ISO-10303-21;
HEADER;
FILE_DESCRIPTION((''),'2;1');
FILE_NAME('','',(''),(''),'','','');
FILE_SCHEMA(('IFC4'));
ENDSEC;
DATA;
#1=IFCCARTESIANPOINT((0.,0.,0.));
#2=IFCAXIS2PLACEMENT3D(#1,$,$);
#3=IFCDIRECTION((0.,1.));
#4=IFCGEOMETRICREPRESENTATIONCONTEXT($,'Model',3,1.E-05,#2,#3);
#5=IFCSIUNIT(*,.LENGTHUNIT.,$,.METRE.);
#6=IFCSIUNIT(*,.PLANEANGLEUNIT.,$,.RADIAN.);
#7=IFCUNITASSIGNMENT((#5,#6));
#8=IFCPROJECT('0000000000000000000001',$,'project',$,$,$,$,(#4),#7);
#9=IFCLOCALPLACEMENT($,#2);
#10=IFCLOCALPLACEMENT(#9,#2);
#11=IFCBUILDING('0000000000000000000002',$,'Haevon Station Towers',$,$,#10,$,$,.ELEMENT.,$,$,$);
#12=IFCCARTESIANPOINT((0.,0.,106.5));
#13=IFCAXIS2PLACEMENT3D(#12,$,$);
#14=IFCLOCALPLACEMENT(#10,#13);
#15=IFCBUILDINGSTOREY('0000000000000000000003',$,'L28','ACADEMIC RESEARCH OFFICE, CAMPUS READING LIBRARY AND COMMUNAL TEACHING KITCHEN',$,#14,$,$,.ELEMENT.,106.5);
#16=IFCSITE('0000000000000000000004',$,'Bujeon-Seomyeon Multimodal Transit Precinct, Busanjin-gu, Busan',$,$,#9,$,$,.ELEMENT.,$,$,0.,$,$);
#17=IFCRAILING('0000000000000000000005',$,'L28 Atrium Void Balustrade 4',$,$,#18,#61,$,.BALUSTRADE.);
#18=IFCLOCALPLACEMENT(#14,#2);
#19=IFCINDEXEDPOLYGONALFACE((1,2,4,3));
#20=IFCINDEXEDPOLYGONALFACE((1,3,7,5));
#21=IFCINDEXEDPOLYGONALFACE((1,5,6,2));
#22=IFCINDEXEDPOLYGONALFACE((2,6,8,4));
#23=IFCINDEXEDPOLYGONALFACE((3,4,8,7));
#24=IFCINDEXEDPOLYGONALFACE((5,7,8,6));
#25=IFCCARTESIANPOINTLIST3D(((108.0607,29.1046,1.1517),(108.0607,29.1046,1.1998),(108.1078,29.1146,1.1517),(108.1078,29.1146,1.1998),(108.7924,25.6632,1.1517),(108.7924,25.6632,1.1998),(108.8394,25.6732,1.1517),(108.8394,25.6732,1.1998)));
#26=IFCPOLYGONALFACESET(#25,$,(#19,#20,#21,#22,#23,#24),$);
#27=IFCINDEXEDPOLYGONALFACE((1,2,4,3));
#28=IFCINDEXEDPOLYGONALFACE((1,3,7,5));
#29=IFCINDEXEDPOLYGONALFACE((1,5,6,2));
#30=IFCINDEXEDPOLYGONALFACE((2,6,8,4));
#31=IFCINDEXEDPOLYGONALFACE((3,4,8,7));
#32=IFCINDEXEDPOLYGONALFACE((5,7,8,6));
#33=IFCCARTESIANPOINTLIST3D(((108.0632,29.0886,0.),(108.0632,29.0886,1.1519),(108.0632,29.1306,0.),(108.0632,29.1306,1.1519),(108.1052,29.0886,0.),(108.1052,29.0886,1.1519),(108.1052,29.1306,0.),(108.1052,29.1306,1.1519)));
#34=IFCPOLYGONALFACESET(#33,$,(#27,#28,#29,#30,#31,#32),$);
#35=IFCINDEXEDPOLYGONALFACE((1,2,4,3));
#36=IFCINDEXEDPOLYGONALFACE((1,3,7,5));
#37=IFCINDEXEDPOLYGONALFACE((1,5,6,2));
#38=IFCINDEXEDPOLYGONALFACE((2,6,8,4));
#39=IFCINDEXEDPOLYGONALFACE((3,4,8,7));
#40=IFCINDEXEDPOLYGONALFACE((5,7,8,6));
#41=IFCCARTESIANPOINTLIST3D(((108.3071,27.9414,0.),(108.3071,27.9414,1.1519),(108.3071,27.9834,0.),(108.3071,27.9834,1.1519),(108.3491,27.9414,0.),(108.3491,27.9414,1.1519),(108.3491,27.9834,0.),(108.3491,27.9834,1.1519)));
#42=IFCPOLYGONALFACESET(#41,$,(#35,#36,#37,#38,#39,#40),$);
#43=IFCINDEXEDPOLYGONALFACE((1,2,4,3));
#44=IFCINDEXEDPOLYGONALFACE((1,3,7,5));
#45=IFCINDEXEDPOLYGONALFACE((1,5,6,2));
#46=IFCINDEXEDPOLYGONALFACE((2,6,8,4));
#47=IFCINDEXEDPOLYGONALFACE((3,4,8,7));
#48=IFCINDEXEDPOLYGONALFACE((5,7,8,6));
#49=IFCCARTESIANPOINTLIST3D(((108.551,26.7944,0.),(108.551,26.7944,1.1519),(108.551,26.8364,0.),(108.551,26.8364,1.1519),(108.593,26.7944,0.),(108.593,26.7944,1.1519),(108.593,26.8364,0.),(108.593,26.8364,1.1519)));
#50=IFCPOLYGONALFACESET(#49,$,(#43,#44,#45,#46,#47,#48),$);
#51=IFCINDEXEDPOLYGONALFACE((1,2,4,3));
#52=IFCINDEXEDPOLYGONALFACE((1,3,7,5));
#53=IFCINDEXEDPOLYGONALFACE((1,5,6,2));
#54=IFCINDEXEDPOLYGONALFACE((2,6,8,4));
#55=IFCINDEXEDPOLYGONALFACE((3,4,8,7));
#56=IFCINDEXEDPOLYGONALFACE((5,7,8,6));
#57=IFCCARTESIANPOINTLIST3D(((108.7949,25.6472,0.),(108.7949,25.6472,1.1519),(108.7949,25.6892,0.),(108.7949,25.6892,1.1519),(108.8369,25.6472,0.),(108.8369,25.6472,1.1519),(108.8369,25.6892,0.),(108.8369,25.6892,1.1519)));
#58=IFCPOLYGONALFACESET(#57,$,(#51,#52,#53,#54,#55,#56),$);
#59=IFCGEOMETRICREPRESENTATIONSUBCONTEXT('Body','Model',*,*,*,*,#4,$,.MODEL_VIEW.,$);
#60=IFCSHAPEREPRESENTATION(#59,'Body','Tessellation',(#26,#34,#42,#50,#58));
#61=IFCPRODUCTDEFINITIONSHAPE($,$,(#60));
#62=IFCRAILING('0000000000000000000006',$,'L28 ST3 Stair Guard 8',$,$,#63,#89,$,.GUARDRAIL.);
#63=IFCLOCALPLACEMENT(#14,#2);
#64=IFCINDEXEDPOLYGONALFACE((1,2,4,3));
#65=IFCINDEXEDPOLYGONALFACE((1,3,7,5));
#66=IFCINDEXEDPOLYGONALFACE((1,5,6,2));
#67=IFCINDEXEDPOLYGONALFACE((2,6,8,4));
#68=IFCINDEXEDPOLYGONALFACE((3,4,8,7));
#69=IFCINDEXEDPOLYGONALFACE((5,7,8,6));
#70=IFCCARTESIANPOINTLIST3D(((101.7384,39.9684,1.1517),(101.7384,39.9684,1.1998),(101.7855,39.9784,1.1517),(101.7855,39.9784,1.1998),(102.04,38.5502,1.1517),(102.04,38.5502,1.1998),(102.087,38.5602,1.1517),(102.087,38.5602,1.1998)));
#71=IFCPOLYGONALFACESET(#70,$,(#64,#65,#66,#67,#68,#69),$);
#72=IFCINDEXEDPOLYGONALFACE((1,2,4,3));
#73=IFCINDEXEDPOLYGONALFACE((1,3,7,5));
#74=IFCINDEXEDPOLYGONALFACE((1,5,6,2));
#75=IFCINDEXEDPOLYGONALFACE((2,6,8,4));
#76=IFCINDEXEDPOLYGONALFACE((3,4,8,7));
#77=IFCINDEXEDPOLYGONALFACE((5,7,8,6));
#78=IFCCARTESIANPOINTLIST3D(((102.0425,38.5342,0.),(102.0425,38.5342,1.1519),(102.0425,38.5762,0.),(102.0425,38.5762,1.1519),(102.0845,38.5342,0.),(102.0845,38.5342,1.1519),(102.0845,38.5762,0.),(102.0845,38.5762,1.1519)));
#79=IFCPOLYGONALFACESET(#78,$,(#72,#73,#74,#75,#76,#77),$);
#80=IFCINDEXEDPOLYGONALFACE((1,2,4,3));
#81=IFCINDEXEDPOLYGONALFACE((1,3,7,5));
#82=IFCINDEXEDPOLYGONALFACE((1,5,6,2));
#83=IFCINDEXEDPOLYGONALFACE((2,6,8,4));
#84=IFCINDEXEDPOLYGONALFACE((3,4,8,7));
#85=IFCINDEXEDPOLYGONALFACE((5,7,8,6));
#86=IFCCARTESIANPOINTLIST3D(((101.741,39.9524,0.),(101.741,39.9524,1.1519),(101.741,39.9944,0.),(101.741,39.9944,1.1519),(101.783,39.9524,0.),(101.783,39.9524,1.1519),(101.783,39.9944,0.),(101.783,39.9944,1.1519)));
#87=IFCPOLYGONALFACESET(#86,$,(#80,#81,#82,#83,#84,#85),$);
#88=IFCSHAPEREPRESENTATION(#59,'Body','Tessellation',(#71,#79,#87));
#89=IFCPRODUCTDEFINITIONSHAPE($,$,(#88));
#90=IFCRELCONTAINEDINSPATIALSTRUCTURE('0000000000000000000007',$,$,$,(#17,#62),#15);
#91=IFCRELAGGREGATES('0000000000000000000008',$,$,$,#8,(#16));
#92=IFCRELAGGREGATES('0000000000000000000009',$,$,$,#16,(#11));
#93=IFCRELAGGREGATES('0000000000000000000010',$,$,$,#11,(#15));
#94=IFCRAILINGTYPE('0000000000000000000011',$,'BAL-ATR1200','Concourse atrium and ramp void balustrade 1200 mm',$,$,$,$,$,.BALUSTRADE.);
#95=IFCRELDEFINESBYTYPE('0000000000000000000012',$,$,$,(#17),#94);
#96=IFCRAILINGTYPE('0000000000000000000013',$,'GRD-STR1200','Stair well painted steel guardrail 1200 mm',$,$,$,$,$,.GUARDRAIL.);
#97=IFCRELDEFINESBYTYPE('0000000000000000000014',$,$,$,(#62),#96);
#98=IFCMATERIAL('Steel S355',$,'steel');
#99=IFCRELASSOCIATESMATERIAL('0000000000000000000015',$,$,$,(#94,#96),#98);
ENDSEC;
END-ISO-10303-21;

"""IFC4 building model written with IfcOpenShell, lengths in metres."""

from ifc_helpers import new_model, si_unit, direction, frame, origin, origin_2d, place, context, subcontext, project, spatial, rectangle, extrude, material, type_object, element, save


model = new_model("IFC4")

# Units and contexts
model_context = context("Model", 3, precision=1e-05, world=origin(), true_north=direction((0.0, 1.0)))
body_context = subcontext(model_context, "Body", "Model", "MODEL_VIEW")
ifc_project = project(units=[si_unit("LENGTHUNIT", "METRE"), si_unit("PLANEANGLEUNIT", "RADIAN")], contexts=[model_context])

# Site, building, storey
site_placement = place(None, origin())
site = spatial("IfcSite", under=ifc_project, at=site_placement, Name="Bujeon-Seomyeon Multimodal Transit Precinct, Busanjin-gu, Busan", CompositionType="ELEMENT", RefElevation=0.0)
building_placement = place(site_placement, origin())
building = spatial("IfcBuilding", under=site, at=building_placement, Name="Haevon Station Towers", CompositionType="ELEMENT")
storey_placement = place(building_placement, frame((0.0, 0.0, 106.5)))
storey = spatial("IfcBuildingStorey", under=building, at=storey_placement, Name="L28", Description="ACADEMIC RESEARCH OFFICE, CAMPUS READING LIBRARY AND COMMUNAL TEACHING KITCHEN", CompositionType="ELEMENT", Elevation=106.5)

# Shared definitions
ifc_material_1 = material(Name="Steel S355", Category="steel")

# Railings
railing_type_1 = type_object("IfcRailingType", Name="BAL-ATR1200", Description="Concourse atrium and ramp void balustrade 1200 mm", PredefinedType="BALUSTRADE", material=ifc_material_1)
railing_1_placement = place(storey_placement, frame((108.0842, 29.1096, 0.0)))
element("IfcRailing", 1, at=railing_1_placement, inside=storey, type_object=railing_type_1, Name="L28 Atrium Void Balustrade 4", PredefinedType="BALUSTRADE", context=body_context, shape_type="SweptSolid", body=[
    extrude(rectangle(XDim=0.0481, YDim=0.0481, at=origin_2d()), frame((0.0, 0.0, 1.1758), z_axis=(0.207965, -0.978136, 0.0), x_axis=(0.978136, 0.207965, 0.0)), (0.0, 0.0, 1.0), 3.5183),
    extrude(rectangle(XDim=0.042, YDim=0.042, at=origin_2d()), origin(), (0.0, 0.0, 1.0), 1.1519),
    extrude(rectangle(XDim=0.042, YDim=0.042, at=origin_2d()), frame((0.2439, -1.1472, 0.0)), (0.0, 0.0, 1.0), 1.1519),
    extrude(rectangle(XDim=0.042, YDim=0.042, at=origin_2d()), frame((0.4878, -2.2942, 0.0)), (0.0, 0.0, 1.0), 1.1519),
    extrude(rectangle(XDim=0.042, YDim=0.042, at=origin_2d()), frame((0.7317, -3.4414, 0.0)), (0.0, 0.0, 1.0), 1.1519),
])
railing_type_2 = type_object("IfcRailingType", Name="GRD-STR1200", Description="Stair well painted steel guardrail 1200 mm", PredefinedType="GUARDRAIL", material=ifc_material_1)
railing_2_placement = place(storey_placement, frame((102.0635, 38.5552, 0.0)))
element("IfcRailing", 2, at=railing_2_placement, inside=storey, type_object=railing_type_2, Name="L28 ST3 Stair Guard 8", PredefinedType="GUARDRAIL", context=body_context, shape_type="SweptSolid", body=[
    extrude(rectangle(XDim=0.0481, YDim=0.0481, at=origin_2d()), frame((0.0, 0.0, 1.1758), z_axis=(-0.207953, 0.978139, 0.0), x_axis=(-0.978139, -0.207953, 0.0)), (0.0, 0.0, 1.0), 1.45),
    extrude(rectangle(XDim=0.042, YDim=0.042, at=origin_2d()), origin(), (0.0, 0.0, 1.0), 1.1519),
    extrude(rectangle(XDim=0.042, YDim=0.042, at=origin_2d()), frame((-0.3015, 1.4182, 0.0)), (0.0, 0.0, 1.0), 1.1519),
])

save(model, "model.ifc")
